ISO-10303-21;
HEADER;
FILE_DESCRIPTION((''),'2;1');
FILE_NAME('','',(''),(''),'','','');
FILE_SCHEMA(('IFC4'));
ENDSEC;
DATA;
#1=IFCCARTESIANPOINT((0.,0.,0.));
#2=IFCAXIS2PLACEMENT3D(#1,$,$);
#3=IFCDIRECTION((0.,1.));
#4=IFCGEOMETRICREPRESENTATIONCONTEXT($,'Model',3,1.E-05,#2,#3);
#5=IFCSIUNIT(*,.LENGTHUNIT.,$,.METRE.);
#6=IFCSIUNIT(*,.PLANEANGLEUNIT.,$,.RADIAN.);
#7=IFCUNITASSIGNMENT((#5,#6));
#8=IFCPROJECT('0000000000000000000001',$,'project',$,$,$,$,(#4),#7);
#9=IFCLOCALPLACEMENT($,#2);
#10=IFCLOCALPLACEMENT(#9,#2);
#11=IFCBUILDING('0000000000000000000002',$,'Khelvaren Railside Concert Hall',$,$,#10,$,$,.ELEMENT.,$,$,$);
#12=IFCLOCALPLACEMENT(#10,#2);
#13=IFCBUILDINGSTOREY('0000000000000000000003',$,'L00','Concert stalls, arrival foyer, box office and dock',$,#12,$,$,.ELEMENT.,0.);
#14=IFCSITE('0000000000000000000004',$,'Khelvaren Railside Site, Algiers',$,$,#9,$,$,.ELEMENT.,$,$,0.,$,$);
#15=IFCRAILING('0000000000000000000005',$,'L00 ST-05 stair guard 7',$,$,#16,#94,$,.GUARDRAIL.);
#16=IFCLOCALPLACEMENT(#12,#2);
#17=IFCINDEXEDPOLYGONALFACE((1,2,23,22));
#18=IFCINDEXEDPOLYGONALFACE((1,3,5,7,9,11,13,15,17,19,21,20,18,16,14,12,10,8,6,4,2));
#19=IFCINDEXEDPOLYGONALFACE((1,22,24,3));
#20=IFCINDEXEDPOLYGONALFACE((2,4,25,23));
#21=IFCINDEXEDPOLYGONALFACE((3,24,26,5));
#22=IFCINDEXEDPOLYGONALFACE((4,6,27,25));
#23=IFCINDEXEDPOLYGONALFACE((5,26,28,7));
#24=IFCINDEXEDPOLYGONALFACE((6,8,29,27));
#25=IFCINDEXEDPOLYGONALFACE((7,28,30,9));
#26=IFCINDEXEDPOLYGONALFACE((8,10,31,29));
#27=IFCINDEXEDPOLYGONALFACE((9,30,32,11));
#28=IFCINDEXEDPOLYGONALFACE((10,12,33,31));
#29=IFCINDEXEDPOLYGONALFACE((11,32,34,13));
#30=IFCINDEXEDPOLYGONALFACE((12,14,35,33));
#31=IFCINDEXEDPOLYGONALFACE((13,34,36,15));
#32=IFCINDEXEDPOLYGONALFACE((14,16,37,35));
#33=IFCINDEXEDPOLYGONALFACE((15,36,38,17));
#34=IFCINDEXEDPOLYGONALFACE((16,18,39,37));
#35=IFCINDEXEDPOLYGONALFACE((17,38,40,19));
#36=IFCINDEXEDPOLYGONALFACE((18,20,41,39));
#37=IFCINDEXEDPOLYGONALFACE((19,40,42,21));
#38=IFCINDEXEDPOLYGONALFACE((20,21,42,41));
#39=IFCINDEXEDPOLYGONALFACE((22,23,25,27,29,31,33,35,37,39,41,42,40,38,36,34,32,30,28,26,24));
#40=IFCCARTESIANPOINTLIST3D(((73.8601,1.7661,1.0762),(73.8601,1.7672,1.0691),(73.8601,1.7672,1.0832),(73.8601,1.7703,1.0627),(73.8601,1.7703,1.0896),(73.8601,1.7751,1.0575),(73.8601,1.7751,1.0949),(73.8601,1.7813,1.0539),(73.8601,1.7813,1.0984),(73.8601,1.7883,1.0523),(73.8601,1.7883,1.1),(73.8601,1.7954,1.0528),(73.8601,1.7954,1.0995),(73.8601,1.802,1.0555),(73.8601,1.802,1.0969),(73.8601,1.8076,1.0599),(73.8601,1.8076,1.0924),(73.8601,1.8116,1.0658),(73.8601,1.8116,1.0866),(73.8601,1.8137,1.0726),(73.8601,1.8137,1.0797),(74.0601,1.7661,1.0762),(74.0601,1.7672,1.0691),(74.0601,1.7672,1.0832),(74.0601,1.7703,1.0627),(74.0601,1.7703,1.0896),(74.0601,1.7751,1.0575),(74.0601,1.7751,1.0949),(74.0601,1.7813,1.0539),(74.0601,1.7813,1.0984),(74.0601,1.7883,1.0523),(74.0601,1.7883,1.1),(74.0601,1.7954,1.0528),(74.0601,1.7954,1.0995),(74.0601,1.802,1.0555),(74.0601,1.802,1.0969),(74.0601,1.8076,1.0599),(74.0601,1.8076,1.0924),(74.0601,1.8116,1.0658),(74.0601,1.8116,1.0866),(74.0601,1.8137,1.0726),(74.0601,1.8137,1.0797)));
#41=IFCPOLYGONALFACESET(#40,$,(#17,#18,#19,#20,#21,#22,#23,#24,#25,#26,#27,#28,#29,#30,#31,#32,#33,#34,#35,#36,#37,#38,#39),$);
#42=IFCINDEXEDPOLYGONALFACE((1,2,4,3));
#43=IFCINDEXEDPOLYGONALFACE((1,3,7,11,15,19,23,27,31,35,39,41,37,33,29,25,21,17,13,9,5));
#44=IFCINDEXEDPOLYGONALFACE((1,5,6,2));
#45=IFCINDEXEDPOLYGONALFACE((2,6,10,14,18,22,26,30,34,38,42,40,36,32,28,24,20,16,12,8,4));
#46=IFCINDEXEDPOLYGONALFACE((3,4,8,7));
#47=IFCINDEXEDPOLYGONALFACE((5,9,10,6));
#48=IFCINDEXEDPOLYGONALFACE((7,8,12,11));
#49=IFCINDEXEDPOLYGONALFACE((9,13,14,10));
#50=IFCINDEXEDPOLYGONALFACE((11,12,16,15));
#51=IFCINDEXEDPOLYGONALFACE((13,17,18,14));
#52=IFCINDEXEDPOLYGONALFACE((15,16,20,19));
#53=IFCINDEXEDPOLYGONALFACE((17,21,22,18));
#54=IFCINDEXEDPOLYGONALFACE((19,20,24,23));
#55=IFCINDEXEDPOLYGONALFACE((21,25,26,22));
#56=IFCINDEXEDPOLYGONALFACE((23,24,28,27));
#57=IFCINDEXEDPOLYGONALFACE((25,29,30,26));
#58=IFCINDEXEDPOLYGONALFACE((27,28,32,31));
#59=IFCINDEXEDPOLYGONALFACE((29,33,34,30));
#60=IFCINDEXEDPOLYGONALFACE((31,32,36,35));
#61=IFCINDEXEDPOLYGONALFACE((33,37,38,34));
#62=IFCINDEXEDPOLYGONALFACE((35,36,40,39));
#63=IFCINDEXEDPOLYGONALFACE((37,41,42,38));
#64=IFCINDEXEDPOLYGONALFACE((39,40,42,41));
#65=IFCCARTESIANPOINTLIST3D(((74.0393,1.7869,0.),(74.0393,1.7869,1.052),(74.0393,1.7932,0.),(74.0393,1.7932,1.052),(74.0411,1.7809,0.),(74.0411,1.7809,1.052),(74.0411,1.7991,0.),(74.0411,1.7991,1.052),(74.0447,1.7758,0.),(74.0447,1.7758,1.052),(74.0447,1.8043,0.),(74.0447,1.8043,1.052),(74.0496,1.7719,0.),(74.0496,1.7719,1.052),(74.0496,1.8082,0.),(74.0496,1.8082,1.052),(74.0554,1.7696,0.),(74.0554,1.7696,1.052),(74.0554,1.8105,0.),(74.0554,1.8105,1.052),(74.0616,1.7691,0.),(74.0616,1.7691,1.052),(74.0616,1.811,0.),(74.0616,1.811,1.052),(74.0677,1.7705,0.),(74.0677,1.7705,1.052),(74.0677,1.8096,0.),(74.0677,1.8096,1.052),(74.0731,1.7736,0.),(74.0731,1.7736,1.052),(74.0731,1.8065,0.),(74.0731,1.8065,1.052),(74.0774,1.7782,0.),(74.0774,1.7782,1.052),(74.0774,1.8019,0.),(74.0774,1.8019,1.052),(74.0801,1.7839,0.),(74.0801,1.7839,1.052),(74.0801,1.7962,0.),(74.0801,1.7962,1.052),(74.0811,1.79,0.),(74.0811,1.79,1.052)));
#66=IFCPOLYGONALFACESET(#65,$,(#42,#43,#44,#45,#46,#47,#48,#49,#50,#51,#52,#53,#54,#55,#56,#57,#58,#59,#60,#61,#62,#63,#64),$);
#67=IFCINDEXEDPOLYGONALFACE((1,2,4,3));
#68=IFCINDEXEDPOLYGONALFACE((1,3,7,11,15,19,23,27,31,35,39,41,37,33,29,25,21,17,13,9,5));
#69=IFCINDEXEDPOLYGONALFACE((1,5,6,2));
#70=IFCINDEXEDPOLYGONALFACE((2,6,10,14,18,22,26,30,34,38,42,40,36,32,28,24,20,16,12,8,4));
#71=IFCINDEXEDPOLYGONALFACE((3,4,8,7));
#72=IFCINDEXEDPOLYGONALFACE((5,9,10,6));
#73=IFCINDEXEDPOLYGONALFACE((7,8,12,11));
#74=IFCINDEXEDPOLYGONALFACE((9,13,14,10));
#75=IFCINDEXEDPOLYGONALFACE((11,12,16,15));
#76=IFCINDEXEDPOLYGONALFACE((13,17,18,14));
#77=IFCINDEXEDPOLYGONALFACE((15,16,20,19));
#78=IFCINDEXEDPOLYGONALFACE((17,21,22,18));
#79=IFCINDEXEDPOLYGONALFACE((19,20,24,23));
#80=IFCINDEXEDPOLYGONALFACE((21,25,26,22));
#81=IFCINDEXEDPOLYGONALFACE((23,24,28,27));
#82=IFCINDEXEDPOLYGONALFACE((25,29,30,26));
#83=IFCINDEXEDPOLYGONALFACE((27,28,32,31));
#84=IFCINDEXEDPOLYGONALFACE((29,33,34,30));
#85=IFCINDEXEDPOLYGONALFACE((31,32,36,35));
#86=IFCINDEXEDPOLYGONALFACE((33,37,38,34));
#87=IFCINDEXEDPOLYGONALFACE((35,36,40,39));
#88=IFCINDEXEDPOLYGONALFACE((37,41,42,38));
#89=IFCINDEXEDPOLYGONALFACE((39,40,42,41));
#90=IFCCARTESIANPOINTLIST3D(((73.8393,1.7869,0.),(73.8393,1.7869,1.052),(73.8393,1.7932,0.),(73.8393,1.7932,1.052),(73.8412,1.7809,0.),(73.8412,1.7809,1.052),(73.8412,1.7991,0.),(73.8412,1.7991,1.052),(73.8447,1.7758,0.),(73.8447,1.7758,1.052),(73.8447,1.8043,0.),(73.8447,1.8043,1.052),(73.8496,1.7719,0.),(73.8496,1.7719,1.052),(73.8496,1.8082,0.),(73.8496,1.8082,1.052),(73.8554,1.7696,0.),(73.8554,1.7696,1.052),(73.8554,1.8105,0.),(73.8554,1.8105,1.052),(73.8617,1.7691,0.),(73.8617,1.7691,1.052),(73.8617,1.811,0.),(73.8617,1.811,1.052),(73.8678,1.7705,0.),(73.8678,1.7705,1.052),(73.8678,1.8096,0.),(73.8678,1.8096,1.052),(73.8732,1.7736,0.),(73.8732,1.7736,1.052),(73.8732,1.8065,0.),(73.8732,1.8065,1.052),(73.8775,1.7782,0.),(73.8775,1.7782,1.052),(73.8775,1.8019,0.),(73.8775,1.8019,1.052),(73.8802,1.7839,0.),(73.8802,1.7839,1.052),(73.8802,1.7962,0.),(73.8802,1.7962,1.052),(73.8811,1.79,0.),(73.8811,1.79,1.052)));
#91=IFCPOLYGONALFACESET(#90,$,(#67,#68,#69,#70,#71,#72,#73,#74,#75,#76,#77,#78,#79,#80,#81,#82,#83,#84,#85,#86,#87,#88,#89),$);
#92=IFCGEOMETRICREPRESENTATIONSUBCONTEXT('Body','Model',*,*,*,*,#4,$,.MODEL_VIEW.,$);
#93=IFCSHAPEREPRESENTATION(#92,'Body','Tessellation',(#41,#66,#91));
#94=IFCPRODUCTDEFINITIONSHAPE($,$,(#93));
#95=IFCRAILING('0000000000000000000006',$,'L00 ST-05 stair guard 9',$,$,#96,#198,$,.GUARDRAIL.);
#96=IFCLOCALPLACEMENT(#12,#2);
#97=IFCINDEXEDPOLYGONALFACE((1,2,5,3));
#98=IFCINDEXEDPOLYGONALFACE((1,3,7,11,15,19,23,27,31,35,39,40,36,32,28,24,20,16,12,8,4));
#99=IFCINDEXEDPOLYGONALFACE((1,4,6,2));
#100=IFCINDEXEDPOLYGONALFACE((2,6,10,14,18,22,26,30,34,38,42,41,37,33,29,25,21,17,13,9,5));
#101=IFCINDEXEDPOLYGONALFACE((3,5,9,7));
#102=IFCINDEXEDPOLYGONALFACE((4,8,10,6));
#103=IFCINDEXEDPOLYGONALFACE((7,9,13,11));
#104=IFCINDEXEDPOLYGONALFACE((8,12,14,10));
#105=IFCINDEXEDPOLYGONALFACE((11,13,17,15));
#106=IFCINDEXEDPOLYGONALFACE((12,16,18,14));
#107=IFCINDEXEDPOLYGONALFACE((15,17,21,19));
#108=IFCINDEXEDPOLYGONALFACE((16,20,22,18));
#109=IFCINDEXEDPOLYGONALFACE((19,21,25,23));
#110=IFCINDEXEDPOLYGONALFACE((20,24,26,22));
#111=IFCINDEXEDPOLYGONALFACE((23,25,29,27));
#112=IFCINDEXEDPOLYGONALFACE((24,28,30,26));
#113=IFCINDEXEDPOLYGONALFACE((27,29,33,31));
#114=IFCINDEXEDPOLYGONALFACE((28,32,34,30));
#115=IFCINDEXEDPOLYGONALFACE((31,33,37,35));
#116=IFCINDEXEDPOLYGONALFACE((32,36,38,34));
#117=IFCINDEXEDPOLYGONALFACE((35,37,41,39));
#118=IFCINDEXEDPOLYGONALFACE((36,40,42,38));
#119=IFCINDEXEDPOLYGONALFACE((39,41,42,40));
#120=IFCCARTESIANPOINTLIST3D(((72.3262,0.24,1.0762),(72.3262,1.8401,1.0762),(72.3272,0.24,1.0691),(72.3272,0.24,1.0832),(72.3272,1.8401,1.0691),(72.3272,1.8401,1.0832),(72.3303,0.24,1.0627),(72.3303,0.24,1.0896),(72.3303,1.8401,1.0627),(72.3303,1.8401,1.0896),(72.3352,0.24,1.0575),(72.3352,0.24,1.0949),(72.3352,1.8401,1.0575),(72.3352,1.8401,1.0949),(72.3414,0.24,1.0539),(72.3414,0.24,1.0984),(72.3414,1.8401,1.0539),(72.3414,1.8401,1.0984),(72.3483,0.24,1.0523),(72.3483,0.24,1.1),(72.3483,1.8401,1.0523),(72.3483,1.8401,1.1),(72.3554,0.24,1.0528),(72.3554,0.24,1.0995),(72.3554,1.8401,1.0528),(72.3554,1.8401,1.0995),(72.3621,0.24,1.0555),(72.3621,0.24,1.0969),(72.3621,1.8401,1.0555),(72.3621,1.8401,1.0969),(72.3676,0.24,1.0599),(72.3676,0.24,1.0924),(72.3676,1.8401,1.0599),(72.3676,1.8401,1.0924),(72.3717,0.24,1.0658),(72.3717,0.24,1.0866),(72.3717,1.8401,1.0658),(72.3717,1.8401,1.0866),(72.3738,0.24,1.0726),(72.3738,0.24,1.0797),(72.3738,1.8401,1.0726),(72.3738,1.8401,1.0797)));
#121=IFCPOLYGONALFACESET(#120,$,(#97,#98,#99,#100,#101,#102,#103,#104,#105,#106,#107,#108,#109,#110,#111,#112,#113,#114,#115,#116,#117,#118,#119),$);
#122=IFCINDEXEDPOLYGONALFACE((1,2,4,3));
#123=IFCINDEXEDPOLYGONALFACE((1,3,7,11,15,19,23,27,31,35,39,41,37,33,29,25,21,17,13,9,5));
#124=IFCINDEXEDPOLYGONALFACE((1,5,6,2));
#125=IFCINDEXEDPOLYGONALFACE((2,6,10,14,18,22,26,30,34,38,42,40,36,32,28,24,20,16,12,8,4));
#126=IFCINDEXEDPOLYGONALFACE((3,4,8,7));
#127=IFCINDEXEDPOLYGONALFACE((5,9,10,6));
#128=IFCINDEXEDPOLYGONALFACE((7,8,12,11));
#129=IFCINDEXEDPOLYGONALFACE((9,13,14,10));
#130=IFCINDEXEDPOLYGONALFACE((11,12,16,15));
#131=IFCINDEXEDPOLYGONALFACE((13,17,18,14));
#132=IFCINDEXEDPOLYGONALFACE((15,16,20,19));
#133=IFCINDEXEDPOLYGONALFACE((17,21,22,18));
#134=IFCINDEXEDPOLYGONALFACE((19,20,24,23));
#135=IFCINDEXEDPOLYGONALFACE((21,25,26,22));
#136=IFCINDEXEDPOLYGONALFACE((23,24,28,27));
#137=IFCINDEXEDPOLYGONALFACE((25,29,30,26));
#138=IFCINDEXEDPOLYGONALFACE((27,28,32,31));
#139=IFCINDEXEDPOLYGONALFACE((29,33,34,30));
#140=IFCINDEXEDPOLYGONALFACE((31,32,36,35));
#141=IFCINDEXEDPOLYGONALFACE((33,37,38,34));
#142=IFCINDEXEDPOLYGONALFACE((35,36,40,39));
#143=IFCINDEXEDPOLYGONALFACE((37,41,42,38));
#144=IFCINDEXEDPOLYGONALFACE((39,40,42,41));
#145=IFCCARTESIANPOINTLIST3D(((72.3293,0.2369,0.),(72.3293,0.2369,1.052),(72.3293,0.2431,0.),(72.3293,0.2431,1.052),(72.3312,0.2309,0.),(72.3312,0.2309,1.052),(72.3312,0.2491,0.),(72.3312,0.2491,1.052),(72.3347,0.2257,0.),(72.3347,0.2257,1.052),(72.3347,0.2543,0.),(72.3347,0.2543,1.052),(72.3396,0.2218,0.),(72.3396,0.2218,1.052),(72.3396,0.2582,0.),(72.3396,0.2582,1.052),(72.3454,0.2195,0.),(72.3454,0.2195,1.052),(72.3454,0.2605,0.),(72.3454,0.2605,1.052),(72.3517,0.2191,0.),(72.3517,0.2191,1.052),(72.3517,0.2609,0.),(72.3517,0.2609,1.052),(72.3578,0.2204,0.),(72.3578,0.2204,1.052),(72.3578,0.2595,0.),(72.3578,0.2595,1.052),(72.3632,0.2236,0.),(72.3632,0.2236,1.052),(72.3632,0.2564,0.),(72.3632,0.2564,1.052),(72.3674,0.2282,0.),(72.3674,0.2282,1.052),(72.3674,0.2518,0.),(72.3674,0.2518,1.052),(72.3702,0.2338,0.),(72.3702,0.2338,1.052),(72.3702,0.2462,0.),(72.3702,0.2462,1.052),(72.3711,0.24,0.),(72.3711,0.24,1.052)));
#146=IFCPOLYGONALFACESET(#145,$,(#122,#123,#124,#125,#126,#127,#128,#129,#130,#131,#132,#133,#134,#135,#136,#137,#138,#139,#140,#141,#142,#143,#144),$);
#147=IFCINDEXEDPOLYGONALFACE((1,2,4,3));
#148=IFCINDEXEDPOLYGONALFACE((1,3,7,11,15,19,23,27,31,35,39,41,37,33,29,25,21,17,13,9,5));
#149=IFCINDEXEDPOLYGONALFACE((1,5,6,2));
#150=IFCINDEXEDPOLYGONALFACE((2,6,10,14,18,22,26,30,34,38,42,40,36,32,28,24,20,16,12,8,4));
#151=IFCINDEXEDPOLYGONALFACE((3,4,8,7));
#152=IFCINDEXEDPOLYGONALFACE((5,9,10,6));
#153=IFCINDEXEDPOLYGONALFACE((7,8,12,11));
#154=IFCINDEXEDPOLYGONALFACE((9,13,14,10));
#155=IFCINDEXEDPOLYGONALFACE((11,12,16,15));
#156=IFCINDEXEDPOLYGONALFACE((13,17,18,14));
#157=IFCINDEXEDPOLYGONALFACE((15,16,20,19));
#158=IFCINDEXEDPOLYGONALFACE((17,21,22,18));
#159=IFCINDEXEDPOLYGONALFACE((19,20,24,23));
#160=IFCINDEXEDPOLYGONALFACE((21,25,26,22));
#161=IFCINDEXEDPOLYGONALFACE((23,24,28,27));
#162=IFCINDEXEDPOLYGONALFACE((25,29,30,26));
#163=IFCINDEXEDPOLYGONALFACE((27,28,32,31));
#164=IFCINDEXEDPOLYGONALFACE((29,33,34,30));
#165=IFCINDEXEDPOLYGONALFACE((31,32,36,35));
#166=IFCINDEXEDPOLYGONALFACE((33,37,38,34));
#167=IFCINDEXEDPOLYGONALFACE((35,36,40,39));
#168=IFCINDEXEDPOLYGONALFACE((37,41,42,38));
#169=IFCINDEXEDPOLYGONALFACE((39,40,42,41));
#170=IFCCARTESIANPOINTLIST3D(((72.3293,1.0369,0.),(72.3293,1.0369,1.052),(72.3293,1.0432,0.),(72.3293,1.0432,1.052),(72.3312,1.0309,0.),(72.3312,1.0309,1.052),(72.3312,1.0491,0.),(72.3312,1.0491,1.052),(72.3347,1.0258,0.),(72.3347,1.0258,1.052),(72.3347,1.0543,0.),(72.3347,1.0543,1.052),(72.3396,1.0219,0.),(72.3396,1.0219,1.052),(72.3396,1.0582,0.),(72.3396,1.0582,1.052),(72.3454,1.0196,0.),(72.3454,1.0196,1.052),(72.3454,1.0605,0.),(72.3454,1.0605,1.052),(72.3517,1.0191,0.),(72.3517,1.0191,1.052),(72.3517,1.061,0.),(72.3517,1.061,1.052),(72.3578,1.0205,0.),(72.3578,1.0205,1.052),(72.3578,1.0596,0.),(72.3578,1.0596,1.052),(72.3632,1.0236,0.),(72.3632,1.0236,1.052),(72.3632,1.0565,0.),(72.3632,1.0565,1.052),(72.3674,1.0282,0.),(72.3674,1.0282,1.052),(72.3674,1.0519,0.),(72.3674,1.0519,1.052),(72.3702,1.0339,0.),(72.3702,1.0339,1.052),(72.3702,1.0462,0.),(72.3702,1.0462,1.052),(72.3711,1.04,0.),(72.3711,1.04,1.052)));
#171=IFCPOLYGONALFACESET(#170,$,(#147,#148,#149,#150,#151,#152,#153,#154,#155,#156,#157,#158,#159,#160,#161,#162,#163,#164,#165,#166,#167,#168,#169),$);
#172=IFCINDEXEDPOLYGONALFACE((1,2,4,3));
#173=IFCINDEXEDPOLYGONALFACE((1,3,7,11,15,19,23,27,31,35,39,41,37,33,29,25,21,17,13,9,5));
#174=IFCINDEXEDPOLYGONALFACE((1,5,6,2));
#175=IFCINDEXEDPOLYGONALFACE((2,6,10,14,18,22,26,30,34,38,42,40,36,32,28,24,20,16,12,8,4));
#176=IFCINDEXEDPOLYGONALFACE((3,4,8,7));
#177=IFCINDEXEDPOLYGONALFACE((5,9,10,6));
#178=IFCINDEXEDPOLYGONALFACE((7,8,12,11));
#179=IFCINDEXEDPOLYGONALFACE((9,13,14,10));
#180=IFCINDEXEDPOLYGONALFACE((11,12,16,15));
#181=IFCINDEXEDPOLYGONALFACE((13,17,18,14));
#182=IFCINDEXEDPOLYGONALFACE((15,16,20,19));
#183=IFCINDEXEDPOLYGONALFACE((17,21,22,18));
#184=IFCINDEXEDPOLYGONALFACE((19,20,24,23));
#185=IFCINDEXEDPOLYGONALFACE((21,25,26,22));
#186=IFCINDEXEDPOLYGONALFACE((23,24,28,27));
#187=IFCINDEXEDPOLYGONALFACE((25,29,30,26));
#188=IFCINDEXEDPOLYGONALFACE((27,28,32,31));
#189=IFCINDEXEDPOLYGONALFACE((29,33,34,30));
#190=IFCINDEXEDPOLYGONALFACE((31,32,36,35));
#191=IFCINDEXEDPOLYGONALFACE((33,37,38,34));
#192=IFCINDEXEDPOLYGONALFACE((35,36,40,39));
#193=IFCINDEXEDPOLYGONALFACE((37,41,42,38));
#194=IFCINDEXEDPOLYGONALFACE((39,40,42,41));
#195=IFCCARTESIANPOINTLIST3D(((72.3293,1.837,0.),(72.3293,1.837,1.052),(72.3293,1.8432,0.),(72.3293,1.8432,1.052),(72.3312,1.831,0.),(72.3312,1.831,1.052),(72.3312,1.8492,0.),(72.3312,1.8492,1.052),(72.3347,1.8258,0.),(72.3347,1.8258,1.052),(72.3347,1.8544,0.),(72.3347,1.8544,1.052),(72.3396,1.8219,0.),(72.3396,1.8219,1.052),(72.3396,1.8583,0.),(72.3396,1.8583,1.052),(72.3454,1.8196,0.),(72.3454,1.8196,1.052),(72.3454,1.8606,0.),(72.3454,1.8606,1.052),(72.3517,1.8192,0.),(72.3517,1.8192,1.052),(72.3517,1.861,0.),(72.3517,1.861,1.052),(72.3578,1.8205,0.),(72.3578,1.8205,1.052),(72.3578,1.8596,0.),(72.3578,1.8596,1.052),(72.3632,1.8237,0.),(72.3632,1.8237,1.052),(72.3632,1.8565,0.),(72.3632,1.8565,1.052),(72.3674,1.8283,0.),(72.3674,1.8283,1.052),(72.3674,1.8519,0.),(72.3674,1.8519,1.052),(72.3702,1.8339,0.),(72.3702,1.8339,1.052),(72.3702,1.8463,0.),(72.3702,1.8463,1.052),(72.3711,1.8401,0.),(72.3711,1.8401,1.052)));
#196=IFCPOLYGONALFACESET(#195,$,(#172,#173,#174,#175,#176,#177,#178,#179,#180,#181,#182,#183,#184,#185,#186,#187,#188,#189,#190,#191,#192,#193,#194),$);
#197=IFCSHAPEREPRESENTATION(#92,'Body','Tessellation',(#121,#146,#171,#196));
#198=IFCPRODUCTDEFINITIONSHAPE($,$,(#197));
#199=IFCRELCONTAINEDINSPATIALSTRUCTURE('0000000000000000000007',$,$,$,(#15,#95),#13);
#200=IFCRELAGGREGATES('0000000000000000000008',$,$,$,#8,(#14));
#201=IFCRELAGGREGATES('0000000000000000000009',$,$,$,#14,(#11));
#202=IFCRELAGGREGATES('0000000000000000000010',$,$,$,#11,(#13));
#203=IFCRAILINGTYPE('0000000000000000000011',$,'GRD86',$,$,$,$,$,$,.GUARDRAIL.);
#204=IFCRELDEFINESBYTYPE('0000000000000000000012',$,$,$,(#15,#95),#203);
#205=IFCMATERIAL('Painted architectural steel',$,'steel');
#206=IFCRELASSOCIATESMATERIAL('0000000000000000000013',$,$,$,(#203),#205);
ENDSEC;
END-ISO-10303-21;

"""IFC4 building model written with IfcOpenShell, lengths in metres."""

from ifc_helpers import new_model, si_unit, direction, frame, origin, origin_2d, place, context, subcontext, project, spatial, circle, extrude, material, type_object, element, save


model = new_model("IFC4")

# Units and contexts
model_context = context("Model", 3, precision=1e-05, world=origin(), true_north=direction((0.0, 1.0)))
body_context = subcontext(model_context, "Body", "Model", "MODEL_VIEW")
ifc_project = project(units=[si_unit("LENGTHUNIT", "METRE"), si_unit("PLANEANGLEUNIT", "RADIAN")], contexts=[model_context])

# Site, building, storey
site_placement = place(None, origin())
site = spatial("IfcSite", under=ifc_project, at=site_placement, Name="Khelvaren Railside Site, Algiers", CompositionType="ELEMENT", RefElevation=0.0)
building_placement = place(site_placement, origin())
building = spatial("IfcBuilding", under=site, at=building_placement, Name="Khelvaren Railside Concert Hall", CompositionType="ELEMENT")
storey_placement = place(building_placement, origin())
storey = spatial("IfcBuildingStorey", under=building, at=storey_placement, Name="L00", Description="Concert stalls, arrival foyer, box office and dock", CompositionType="ELEMENT", Elevation=0.0)

# Railings
ifc_material_1 = material(Name="Painted architectural steel", Category="steel")
railing_type = type_object("IfcRailingType", Name="GRD86", PredefinedType="GUARDRAIL", material=ifc_material_1)
railing_1_placement = place(storey_placement, frame((74.0601, 1.79, 0.0)))
element("IfcRailing", 1, at=railing_1_placement, inside=storey, type_object=railing_type, Name="L00 ST-05 stair guard 7", PredefinedType="GUARDRAIL", context=body_context, shape_type="SweptSolid", body=[
    extrude(circle(Radius=0.0239, at=origin_2d()), frame((0.0, 0.0, 1.0762), z_axis=(-1.0, 0.0, 0.0), x_axis=(0.0, -1.0, 0.0)), (0.0, 0.0, 1.0), 0.2),
    extrude(circle(Radius=0.021, at=origin_2d()), origin(), (0.0, 0.0, 1.0), 1.052),
    extrude(circle(Radius=0.021, at=origin_2d()), frame((-0.2, 0.0, 0.0)), (0.0, 0.0, 1.0), 1.052),
])
railing_2_placement = place(storey_placement, frame((72.3501, 0.24, 0.0)))
element("IfcRailing", 2, at=railing_2_placement, inside=storey, type_object=railing_type, Name="L00 ST-05 stair guard 9", PredefinedType="GUARDRAIL", context=body_context, shape_type="SweptSolid", body=[
    extrude(circle(Radius=0.0239, at=origin_2d()), frame((0.0, 0.0, 1.0762), z_axis=(0.0, 1.0, 0.0), x_axis=(-1.0, 0.0, 0.0)), (0.0, 0.0, 1.0), 1.6001),
    extrude(circle(Radius=0.021, at=origin_2d()), origin(), (0.0, 0.0, 1.0), 1.052),
    extrude(circle(Radius=0.021, at=origin_2d()), frame((0.0, 0.8, 0.0)), (0.0, 0.0, 1.0), 1.052),
    extrude(circle(Radius=0.021, at=origin_2d()), frame((0.0, 1.6001, 0.0)), (0.0, 0.0, 1.0), 1.052),
])

save(model, "model.ifc")
